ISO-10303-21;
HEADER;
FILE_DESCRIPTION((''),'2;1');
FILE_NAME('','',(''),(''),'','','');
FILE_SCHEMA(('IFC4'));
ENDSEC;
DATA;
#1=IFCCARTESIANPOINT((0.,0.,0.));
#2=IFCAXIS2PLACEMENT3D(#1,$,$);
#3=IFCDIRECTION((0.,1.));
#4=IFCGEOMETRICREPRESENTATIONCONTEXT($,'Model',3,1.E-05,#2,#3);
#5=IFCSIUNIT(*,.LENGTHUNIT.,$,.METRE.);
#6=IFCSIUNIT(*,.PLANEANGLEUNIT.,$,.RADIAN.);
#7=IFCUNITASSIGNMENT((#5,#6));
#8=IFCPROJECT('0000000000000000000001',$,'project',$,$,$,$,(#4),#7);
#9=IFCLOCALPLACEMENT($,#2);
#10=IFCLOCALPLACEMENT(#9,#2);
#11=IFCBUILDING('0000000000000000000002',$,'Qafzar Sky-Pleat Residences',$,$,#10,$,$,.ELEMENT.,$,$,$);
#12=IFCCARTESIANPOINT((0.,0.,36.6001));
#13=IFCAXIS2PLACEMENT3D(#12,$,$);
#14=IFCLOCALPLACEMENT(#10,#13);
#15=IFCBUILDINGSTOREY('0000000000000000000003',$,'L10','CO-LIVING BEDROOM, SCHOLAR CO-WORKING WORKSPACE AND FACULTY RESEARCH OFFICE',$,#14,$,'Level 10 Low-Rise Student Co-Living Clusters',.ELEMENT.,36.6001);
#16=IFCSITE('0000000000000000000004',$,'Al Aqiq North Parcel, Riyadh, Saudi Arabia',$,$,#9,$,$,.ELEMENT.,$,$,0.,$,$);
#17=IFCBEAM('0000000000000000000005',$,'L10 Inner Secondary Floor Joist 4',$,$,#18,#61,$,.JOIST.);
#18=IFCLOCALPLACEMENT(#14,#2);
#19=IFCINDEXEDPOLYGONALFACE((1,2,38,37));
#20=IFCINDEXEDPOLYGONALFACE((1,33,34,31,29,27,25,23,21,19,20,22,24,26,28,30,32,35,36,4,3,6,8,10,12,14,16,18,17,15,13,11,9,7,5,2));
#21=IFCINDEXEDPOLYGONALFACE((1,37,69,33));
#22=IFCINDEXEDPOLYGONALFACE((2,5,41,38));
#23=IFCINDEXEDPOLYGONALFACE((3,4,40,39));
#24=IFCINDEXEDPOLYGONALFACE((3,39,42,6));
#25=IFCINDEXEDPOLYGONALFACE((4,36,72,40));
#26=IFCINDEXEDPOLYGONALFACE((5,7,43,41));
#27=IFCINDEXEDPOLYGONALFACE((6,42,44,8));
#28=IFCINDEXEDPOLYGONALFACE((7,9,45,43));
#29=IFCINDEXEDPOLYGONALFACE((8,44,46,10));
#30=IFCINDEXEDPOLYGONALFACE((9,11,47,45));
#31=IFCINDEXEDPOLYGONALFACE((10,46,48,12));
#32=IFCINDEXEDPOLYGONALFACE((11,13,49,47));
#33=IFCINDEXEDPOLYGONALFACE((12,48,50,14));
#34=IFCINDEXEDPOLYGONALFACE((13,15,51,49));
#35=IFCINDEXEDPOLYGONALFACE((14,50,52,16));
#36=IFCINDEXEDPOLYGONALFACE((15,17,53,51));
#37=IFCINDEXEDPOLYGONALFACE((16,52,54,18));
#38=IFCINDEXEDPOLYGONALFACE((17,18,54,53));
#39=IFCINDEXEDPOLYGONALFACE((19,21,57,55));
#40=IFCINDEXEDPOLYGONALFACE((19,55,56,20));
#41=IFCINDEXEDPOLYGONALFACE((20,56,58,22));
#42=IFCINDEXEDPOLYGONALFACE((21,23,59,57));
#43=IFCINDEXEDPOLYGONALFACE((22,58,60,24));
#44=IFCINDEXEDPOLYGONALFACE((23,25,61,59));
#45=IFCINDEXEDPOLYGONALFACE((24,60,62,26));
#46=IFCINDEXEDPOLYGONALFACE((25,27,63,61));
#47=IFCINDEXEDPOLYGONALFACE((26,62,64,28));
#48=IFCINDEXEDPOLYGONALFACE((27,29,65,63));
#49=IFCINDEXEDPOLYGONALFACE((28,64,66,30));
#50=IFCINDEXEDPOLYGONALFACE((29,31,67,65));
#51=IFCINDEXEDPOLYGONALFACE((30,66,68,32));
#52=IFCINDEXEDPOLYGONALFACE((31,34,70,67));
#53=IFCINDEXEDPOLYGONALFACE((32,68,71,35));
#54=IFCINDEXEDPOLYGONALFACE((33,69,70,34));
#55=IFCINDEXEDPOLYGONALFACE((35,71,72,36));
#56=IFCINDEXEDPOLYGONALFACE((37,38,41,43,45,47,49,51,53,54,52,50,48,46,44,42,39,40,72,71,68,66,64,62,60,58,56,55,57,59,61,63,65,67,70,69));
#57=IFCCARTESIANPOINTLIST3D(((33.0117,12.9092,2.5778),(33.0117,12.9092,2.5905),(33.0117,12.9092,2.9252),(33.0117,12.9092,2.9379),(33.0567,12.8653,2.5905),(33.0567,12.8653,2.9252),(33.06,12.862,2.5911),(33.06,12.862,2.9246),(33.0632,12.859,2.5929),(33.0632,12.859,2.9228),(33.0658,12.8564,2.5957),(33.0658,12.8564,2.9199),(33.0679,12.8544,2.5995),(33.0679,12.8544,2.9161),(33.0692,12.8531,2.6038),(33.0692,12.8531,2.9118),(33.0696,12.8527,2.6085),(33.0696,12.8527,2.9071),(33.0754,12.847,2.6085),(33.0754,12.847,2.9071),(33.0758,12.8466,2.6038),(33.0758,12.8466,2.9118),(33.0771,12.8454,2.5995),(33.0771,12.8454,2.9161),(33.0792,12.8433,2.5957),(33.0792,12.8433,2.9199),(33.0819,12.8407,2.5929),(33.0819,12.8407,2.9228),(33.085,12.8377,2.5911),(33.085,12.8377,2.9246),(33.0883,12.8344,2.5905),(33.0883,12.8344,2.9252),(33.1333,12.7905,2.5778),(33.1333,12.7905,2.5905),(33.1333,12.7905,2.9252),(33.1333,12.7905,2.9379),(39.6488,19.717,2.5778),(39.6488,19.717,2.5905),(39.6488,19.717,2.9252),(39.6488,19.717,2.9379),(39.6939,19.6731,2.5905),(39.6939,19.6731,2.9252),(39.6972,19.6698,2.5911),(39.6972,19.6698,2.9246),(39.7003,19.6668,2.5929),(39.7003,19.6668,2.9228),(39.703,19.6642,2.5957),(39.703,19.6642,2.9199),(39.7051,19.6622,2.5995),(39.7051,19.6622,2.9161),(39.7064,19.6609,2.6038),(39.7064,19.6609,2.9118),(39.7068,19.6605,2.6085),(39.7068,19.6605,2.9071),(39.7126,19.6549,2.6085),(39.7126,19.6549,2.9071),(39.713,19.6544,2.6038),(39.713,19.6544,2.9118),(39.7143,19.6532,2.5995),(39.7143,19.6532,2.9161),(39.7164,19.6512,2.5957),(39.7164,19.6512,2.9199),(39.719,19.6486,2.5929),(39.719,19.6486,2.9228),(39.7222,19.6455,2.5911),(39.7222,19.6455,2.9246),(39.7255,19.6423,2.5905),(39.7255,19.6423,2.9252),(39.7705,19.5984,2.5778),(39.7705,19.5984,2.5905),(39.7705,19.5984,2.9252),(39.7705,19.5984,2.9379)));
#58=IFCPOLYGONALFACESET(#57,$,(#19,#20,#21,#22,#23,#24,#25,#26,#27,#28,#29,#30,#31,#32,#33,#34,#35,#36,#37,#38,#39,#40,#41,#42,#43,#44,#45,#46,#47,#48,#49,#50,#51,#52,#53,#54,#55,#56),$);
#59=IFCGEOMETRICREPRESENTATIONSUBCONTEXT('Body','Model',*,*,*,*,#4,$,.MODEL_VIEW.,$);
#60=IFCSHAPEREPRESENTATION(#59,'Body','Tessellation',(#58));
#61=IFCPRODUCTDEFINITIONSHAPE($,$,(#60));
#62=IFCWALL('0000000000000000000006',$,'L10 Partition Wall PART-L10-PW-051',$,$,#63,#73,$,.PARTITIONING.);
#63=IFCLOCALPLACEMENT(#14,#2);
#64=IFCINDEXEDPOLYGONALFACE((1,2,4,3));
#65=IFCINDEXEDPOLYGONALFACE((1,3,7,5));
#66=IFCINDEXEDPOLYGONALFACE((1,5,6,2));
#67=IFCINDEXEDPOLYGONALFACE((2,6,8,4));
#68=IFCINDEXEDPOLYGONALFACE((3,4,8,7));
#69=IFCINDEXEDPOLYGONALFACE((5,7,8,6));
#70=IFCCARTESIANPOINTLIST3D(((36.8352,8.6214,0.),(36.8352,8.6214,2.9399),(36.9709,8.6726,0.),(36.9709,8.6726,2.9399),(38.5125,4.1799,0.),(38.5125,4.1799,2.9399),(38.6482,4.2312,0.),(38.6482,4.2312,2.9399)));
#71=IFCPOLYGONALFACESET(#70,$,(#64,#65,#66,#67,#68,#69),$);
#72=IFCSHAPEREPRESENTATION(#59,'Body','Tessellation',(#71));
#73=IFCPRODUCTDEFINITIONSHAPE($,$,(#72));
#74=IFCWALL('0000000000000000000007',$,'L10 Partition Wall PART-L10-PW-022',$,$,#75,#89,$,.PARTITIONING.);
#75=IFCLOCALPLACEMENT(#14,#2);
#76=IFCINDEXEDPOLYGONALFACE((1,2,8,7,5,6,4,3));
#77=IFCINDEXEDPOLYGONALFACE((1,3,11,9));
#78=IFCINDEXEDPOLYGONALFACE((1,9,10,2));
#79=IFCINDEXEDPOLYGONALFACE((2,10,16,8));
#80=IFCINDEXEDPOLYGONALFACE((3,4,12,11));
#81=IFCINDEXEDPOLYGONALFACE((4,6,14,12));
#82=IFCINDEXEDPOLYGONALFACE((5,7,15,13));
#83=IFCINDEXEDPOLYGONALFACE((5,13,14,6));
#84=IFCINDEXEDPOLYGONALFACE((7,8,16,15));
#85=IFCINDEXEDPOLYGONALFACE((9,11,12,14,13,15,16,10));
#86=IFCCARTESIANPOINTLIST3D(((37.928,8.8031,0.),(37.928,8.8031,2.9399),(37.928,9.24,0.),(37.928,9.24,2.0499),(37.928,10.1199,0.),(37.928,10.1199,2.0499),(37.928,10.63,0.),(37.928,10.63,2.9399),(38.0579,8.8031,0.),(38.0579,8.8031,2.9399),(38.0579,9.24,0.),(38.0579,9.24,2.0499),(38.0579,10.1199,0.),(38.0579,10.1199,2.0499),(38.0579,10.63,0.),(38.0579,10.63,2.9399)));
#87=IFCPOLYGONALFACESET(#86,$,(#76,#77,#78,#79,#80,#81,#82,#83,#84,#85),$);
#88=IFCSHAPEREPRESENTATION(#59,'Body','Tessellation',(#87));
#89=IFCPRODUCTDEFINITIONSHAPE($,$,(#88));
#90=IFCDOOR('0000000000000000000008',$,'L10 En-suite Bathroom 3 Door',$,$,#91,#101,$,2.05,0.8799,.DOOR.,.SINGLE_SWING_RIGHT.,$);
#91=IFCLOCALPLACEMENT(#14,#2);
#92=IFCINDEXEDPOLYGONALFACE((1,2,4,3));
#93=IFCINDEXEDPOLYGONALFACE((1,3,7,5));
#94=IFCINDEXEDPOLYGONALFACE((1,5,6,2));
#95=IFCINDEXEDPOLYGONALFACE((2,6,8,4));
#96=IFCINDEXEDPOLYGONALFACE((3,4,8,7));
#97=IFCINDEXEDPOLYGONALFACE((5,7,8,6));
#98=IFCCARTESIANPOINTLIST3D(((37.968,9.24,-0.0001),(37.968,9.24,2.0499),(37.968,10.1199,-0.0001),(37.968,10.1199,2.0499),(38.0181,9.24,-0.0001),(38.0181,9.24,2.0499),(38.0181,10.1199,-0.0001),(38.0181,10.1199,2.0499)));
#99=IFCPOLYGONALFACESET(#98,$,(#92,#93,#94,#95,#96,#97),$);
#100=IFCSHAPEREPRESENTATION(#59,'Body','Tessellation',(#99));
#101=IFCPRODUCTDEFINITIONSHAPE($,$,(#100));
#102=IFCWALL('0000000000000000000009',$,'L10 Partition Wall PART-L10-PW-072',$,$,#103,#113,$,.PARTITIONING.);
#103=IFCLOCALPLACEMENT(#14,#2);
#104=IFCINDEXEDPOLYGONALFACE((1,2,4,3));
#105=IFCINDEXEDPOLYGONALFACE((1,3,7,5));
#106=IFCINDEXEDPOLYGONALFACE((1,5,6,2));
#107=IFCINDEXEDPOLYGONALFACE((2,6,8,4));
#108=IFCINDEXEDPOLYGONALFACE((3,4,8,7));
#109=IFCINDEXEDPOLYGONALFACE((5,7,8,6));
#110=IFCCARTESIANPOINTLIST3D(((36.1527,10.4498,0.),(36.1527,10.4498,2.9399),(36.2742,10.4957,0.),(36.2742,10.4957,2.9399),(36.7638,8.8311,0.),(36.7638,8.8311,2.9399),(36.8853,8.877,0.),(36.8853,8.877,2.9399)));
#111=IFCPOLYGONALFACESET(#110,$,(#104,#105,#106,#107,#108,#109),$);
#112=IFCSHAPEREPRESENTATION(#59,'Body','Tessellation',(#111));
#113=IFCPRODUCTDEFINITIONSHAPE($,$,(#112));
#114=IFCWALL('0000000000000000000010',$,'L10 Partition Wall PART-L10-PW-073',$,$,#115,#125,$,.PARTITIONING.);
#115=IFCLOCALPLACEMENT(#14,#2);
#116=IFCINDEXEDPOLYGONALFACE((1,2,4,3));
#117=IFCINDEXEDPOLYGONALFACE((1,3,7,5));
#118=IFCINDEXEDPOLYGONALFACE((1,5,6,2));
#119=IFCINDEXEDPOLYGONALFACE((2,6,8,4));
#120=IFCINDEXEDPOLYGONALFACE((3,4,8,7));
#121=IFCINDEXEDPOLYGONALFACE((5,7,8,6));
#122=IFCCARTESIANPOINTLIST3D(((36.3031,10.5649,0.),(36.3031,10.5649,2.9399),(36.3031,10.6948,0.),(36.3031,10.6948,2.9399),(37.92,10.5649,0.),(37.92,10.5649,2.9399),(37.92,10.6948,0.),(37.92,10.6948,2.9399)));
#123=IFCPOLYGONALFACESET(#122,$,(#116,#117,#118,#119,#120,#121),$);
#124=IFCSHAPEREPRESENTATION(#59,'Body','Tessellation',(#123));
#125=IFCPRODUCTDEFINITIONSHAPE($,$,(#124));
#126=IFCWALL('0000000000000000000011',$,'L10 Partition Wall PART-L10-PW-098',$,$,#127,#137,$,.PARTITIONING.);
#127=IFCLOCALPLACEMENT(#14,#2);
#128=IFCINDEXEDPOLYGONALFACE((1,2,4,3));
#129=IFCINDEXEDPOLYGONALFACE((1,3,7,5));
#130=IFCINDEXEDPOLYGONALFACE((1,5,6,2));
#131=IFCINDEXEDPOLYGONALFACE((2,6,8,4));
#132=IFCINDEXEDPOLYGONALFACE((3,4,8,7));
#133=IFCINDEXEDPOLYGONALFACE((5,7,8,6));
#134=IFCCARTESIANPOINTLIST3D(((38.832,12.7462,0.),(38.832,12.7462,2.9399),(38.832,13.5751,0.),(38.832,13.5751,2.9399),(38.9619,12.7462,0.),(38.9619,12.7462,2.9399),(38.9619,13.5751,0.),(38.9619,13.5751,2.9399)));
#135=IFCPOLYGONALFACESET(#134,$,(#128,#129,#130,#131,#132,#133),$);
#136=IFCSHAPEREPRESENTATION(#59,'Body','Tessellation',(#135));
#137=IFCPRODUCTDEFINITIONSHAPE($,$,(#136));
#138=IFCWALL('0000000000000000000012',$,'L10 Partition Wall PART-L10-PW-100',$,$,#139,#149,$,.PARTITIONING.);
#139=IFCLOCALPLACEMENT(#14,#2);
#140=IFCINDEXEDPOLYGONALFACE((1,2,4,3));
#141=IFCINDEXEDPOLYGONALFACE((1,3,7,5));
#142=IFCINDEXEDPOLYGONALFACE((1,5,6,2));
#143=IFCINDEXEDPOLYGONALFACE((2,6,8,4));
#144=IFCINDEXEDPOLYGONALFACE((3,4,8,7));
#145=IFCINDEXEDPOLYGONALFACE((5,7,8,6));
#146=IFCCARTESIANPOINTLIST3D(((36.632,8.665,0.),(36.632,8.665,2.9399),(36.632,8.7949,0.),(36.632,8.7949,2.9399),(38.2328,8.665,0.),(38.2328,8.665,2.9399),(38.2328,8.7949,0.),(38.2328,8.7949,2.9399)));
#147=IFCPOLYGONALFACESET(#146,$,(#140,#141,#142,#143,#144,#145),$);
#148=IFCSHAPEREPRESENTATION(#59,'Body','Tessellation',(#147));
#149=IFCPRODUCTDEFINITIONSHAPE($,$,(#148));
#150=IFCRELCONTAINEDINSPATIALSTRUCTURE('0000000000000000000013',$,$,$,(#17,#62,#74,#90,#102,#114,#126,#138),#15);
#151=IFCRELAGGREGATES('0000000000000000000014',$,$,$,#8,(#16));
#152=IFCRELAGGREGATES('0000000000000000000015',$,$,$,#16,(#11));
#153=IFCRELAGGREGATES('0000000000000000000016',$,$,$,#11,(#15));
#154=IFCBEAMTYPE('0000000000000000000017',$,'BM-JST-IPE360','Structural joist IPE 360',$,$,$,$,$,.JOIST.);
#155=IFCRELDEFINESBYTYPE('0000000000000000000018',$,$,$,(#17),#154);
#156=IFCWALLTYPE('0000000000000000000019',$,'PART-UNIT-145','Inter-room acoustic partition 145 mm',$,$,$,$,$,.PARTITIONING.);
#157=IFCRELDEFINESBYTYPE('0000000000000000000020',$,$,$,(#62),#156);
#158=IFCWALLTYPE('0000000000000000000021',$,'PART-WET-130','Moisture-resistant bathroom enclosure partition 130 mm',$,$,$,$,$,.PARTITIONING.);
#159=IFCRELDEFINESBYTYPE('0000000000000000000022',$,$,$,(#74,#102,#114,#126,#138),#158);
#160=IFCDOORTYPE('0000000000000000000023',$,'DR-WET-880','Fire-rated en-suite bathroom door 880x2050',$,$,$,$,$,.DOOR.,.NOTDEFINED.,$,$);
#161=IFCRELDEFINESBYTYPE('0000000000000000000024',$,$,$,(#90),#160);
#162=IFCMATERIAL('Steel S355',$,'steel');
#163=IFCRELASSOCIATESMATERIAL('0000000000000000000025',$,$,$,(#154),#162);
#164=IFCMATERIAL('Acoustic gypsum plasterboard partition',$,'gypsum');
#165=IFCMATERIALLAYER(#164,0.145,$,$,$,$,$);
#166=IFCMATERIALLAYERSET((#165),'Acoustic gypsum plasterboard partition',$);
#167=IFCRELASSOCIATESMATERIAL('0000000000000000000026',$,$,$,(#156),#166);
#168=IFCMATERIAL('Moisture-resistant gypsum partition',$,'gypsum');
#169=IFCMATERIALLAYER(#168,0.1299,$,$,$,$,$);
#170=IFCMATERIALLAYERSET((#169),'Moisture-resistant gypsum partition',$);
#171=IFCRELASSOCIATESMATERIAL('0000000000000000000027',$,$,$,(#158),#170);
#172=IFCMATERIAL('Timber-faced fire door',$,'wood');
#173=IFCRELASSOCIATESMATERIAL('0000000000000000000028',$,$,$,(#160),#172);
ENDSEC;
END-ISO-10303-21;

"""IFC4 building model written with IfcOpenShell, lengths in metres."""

from ifc_helpers import new_model, si_unit, direction, frame, frame_2d, origin, origin_2d, place, context, subcontext, project, spatial, rectangle, i_section, extrude, source, transform, mapped, material, layer, layer_set, material_profile, profile_set, type_object, element, fill, save


model = new_model("IFC4")

# Units and contexts
model_context = context("Model", 3, precision=1e-05, world=origin(), true_north=direction((0.0, 1.0)))
body_context = subcontext(model_context, "Body", "Model", "MODEL_VIEW")
ifc_project = project(units=[si_unit("LENGTHUNIT", "METRE"), si_unit("PLANEANGLEUNIT", "RADIAN")], contexts=[model_context])

# Site, building, storey
site_placement = place(None, origin())
site = spatial("IfcSite", under=ifc_project, at=site_placement, Name="Al Aqiq North Parcel, Riyadh, Saudi Arabia", CompositionType="ELEMENT", RefElevation=0.0)
building_placement = place(site_placement, origin())
building = spatial("IfcBuilding", under=site, at=building_placement, Name="Qafzar Sky-Pleat Residences", CompositionType="ELEMENT")
storey_placement = place(building_placement, frame((0.0, 0.0, 36.6001)))
storey = spatial("IfcBuildingStorey", under=building, at=storey_placement, Name="L10", Description="CO-LIVING BEDROOM, SCHOLAR CO-WORKING WORKSPACE AND FACULTY RESEARCH OFFICE", LongName="Level 10 Low-Rise Student Co-Living Clusters", CompositionType="ELEMENT", Elevation=36.6001)

# Beam
ifc_material_1 = material(Name="Steel S355", Category="steel")
ifc_material_profile_1 = material_profile(ifc_material_1, i_section(OverallWidth=0.1699, OverallDepth=0.3601, WebThickness=0.0081, FlangeThickness=0.0127, FilletRadius=0.0181, at=origin_2d()), Name="IPE 360")
ifc_profile_set_1 = profile_set([ifc_material_profile_1], Name="Steel S355")
beam_type_1 = type_object("IfcBeamType", Name="BM-JST-IPE360", Description="Structural joist IPE 360", PredefinedType="JOIST", material=ifc_profile_set_1)
shared_shape_1 = source(origin(), body_context, "Body", "SweptSolid", [
    extrude(i_section(OverallWidth=0.1699, OverallDepth=0.3601, WebThickness=0.0081, FlangeThickness=0.0127, FilletRadius=0.0181, at=origin_2d()), origin(), (0.0, 0.0, 1.0), 9.5078),
])
beam_1_placement = place(storey_placement, frame((33.0725, 12.8499, 2.7578), z_axis=(0.698075, 0.716024, 0.0), x_axis=(-0.716024, 0.698075, 0.0)))
element("IfcBeam", 1, at=beam_1_placement, inside=storey, type_object=beam_type_1, Name="L10 Inner Secondary Floor Joist 4", PredefinedType="JOIST", context=body_context, shape_type="MappedRepresentation", body=[
    mapped(shared_shape_1, transform((0.0, 0.0, 0.0), x_axis=(1.0, 0.0, 0.0), y_axis=(0.0, 1.0, 0.0), z_axis=(0.0, 0.0, 1.0), scale=1.0)),
])

# Wall
ifc_material_2 = material(Name="Acoustic gypsum plasterboard partition", Category="gypsum")
ifc_layer_1 = layer(ifc_material_2, 0.145)
ifc_layer_set_1 = layer_set([ifc_layer_1], Name="Acoustic gypsum plasterboard partition")
wall_type_1 = type_object("IfcWallType", Name="PART-UNIT-145", Description="Inter-room acoustic partition 145 mm", PredefinedType="PARTITIONING", material=ifc_layer_set_1)
wall_1_placement = place(storey_placement, frame((36.9031, 8.647, 0.0), z_axis=(0.0, 0.0, 1.0), x_axis=(0.353287, -0.935515, 0.0)))
element("IfcWall", 2, at=wall_1_placement, inside=storey, type_object=wall_type_1, Name="L10 Partition Wall PART-L10-PW-051", PredefinedType="PARTITIONING", context=body_context, shape_type="SweptSolid", body=[
    extrude(rectangle(XDim=4.7476, YDim=0.145, at=frame_2d((2.3738, 0.0))), origin(), (0.0, 0.0, 1.0), 2.9399),
])

# Wall, opening, door
ifc_material_3 = material(Name="Moisture-resistant gypsum partition", Category="gypsum")
ifc_layer_2 = layer(ifc_material_3, 0.1299)
ifc_layer_set_2 = layer_set([ifc_layer_2], Name="Moisture-resistant gypsum partition")
wall_type_2 = type_object("IfcWallType", Name="PART-WET-130", Description="Moisture-resistant bathroom enclosure partition 130 mm", PredefinedType="PARTITIONING", material=ifc_layer_set_2)
wall_2_placement = place(storey_placement, frame((37.9929, 8.803, 0.0), z_axis=(0.0, 0.0, 1.0), x_axis=(0.0, 1.0, 0.0)))
wall_2 = element("IfcWall", 3, at=wall_2_placement, inside=storey, type_object=wall_type_2, Name="L10 Partition Wall PART-L10-PW-022", PredefinedType="PARTITIONING", context=body_context, shape_type="SweptSolid", body=[
    extrude(rectangle(XDim=1.8269, YDim=0.1299, at=frame_2d((0.9136, 0.0))), origin(), (0.0, 0.0, 1.0), 2.9399),
])
opening_1_placement = place(wall_2_placement, frame((0.437, 0.0, 0.0)))
opening_1 = element("IfcOpeningElement", 4, at=opening_1_placement, cuts=wall_2, PredefinedType="OPENING", context=body_context, shape_type="SweptSolid", body=[
    extrude(rectangle(XDim=0.8799, YDim=2.05, at=frame_2d((0.4399, 1.0249))), frame((0.0, 0.075, 0.0), z_axis=(0.0, -1.0, 0.0), x_axis=(1.0, 0.0, 0.0)), (0.0, 0.0, 1.0), 0.1499),
])
ifc_material_4 = material(Name="Timber-faced fire door", Category="wood")
door_type = type_object("IfcDoorType", Name="DR-WET-880", Description="Fire-rated en-suite bathroom door 880x2050", OperationType="NOTDEFINED", PredefinedType="DOOR", material=ifc_material_4)
shared_shape_2 = source(origin(), body_context, "Body", "SweptSolid", [
    extrude(rectangle(XDim=0.8799, YDim=2.05, at=frame_2d((0.4399, 1.0249))), frame((0.0, 0.0249, 0.0), z_axis=(0.0, -1.0, 0.0), x_axis=(1.0, 0.0, 0.0)), (0.0, 0.0, 1.0), 0.05),
])
door_placement = place(opening_1_placement, origin())
door = element("IfcDoor", 5, at=door_placement, inside=storey, type_object=door_type, Name="L10 En-suite Bathroom 3 Door", OperationType="SINGLE_SWING_RIGHT", OverallHeight=2.05, OverallWidth=0.8799, PredefinedType="DOOR", context=body_context, shape_type="MappedRepresentation", body=[
    mapped(shared_shape_2, transform((0.0, 0.0, 0.0), x_axis=(1.0, 0.0, 0.0), y_axis=(0.0, 1.0, 0.0), z_axis=(0.0, 0.0, 1.0), scale=1.0)),
])
fill(opening_1, door)

# Walls
wall_3_placement = place(storey_placement, frame((36.2134, 10.4729, 0.0), z_axis=(0.0, 0.0, 1.0), x_axis=(0.353195, -0.93555, 0.0)))
element("IfcWall", 6, at=wall_3_placement, inside=storey, type_object=wall_type_2, Name="L10 Partition Wall PART-L10-PW-072", PredefinedType="PARTITIONING", context=body_context, shape_type="SweptSolid", body=[
    extrude(rectangle(XDim=1.7302, YDim=0.1299, at=frame_2d((0.8652, 0.0))), origin(), (0.0, 0.0, 1.0), 2.9399),
])
wall_4_placement = place(storey_placement, frame((36.303, 10.6299, 0.0), z_axis=(0.0, 0.0, 1.0), x_axis=(1.0, 0.0, 0.0)))
element("IfcWall", 7, at=wall_4_placement, inside=storey, type_object=wall_type_2, Name="L10 Partition Wall PART-L10-PW-073", PredefinedType="PARTITIONING", context=body_context, shape_type="SweptSolid", body=[
    extrude(rectangle(XDim=1.6169, YDim=0.1299, at=frame_2d((0.8086, 0.0))), origin(), (0.0, 0.0, 1.0), 2.9399),
])
wall_5_placement = place(storey_placement, frame((38.897, 12.7461, 0.0), z_axis=(0.0, 0.0, 1.0), x_axis=(0.0, 1.0, 0.0)))
element("IfcWall", 8, at=wall_5_placement, inside=storey, type_object=wall_type_2, Name="L10 Partition Wall PART-L10-PW-098", PredefinedType="PARTITIONING", context=body_context, shape_type="SweptSolid", body=[
    extrude(rectangle(XDim=0.8289, YDim=0.1299, at=frame_2d((0.4146, 0.0))), origin(), (0.0, 0.0, 1.0), 2.9399),
])
wall_6_placement = place(storey_placement, frame((36.6321, 8.73, 0.0), z_axis=(0.0, 0.0, 1.0), x_axis=(1.0, 0.0, 0.0)))
element("IfcWall", 9, at=wall_6_placement, inside=storey, type_object=wall_type_2, Name="L10 Partition Wall PART-L10-PW-100", PredefinedType="PARTITIONING", context=body_context, shape_type="SweptSolid", body=[
    extrude(rectangle(XDim=1.6008, YDim=0.1299, at=frame_2d((0.8003, 0.0))), origin(), (0.0, 0.0, 1.0), 2.9399),
])

save(model, "model.ifc")
